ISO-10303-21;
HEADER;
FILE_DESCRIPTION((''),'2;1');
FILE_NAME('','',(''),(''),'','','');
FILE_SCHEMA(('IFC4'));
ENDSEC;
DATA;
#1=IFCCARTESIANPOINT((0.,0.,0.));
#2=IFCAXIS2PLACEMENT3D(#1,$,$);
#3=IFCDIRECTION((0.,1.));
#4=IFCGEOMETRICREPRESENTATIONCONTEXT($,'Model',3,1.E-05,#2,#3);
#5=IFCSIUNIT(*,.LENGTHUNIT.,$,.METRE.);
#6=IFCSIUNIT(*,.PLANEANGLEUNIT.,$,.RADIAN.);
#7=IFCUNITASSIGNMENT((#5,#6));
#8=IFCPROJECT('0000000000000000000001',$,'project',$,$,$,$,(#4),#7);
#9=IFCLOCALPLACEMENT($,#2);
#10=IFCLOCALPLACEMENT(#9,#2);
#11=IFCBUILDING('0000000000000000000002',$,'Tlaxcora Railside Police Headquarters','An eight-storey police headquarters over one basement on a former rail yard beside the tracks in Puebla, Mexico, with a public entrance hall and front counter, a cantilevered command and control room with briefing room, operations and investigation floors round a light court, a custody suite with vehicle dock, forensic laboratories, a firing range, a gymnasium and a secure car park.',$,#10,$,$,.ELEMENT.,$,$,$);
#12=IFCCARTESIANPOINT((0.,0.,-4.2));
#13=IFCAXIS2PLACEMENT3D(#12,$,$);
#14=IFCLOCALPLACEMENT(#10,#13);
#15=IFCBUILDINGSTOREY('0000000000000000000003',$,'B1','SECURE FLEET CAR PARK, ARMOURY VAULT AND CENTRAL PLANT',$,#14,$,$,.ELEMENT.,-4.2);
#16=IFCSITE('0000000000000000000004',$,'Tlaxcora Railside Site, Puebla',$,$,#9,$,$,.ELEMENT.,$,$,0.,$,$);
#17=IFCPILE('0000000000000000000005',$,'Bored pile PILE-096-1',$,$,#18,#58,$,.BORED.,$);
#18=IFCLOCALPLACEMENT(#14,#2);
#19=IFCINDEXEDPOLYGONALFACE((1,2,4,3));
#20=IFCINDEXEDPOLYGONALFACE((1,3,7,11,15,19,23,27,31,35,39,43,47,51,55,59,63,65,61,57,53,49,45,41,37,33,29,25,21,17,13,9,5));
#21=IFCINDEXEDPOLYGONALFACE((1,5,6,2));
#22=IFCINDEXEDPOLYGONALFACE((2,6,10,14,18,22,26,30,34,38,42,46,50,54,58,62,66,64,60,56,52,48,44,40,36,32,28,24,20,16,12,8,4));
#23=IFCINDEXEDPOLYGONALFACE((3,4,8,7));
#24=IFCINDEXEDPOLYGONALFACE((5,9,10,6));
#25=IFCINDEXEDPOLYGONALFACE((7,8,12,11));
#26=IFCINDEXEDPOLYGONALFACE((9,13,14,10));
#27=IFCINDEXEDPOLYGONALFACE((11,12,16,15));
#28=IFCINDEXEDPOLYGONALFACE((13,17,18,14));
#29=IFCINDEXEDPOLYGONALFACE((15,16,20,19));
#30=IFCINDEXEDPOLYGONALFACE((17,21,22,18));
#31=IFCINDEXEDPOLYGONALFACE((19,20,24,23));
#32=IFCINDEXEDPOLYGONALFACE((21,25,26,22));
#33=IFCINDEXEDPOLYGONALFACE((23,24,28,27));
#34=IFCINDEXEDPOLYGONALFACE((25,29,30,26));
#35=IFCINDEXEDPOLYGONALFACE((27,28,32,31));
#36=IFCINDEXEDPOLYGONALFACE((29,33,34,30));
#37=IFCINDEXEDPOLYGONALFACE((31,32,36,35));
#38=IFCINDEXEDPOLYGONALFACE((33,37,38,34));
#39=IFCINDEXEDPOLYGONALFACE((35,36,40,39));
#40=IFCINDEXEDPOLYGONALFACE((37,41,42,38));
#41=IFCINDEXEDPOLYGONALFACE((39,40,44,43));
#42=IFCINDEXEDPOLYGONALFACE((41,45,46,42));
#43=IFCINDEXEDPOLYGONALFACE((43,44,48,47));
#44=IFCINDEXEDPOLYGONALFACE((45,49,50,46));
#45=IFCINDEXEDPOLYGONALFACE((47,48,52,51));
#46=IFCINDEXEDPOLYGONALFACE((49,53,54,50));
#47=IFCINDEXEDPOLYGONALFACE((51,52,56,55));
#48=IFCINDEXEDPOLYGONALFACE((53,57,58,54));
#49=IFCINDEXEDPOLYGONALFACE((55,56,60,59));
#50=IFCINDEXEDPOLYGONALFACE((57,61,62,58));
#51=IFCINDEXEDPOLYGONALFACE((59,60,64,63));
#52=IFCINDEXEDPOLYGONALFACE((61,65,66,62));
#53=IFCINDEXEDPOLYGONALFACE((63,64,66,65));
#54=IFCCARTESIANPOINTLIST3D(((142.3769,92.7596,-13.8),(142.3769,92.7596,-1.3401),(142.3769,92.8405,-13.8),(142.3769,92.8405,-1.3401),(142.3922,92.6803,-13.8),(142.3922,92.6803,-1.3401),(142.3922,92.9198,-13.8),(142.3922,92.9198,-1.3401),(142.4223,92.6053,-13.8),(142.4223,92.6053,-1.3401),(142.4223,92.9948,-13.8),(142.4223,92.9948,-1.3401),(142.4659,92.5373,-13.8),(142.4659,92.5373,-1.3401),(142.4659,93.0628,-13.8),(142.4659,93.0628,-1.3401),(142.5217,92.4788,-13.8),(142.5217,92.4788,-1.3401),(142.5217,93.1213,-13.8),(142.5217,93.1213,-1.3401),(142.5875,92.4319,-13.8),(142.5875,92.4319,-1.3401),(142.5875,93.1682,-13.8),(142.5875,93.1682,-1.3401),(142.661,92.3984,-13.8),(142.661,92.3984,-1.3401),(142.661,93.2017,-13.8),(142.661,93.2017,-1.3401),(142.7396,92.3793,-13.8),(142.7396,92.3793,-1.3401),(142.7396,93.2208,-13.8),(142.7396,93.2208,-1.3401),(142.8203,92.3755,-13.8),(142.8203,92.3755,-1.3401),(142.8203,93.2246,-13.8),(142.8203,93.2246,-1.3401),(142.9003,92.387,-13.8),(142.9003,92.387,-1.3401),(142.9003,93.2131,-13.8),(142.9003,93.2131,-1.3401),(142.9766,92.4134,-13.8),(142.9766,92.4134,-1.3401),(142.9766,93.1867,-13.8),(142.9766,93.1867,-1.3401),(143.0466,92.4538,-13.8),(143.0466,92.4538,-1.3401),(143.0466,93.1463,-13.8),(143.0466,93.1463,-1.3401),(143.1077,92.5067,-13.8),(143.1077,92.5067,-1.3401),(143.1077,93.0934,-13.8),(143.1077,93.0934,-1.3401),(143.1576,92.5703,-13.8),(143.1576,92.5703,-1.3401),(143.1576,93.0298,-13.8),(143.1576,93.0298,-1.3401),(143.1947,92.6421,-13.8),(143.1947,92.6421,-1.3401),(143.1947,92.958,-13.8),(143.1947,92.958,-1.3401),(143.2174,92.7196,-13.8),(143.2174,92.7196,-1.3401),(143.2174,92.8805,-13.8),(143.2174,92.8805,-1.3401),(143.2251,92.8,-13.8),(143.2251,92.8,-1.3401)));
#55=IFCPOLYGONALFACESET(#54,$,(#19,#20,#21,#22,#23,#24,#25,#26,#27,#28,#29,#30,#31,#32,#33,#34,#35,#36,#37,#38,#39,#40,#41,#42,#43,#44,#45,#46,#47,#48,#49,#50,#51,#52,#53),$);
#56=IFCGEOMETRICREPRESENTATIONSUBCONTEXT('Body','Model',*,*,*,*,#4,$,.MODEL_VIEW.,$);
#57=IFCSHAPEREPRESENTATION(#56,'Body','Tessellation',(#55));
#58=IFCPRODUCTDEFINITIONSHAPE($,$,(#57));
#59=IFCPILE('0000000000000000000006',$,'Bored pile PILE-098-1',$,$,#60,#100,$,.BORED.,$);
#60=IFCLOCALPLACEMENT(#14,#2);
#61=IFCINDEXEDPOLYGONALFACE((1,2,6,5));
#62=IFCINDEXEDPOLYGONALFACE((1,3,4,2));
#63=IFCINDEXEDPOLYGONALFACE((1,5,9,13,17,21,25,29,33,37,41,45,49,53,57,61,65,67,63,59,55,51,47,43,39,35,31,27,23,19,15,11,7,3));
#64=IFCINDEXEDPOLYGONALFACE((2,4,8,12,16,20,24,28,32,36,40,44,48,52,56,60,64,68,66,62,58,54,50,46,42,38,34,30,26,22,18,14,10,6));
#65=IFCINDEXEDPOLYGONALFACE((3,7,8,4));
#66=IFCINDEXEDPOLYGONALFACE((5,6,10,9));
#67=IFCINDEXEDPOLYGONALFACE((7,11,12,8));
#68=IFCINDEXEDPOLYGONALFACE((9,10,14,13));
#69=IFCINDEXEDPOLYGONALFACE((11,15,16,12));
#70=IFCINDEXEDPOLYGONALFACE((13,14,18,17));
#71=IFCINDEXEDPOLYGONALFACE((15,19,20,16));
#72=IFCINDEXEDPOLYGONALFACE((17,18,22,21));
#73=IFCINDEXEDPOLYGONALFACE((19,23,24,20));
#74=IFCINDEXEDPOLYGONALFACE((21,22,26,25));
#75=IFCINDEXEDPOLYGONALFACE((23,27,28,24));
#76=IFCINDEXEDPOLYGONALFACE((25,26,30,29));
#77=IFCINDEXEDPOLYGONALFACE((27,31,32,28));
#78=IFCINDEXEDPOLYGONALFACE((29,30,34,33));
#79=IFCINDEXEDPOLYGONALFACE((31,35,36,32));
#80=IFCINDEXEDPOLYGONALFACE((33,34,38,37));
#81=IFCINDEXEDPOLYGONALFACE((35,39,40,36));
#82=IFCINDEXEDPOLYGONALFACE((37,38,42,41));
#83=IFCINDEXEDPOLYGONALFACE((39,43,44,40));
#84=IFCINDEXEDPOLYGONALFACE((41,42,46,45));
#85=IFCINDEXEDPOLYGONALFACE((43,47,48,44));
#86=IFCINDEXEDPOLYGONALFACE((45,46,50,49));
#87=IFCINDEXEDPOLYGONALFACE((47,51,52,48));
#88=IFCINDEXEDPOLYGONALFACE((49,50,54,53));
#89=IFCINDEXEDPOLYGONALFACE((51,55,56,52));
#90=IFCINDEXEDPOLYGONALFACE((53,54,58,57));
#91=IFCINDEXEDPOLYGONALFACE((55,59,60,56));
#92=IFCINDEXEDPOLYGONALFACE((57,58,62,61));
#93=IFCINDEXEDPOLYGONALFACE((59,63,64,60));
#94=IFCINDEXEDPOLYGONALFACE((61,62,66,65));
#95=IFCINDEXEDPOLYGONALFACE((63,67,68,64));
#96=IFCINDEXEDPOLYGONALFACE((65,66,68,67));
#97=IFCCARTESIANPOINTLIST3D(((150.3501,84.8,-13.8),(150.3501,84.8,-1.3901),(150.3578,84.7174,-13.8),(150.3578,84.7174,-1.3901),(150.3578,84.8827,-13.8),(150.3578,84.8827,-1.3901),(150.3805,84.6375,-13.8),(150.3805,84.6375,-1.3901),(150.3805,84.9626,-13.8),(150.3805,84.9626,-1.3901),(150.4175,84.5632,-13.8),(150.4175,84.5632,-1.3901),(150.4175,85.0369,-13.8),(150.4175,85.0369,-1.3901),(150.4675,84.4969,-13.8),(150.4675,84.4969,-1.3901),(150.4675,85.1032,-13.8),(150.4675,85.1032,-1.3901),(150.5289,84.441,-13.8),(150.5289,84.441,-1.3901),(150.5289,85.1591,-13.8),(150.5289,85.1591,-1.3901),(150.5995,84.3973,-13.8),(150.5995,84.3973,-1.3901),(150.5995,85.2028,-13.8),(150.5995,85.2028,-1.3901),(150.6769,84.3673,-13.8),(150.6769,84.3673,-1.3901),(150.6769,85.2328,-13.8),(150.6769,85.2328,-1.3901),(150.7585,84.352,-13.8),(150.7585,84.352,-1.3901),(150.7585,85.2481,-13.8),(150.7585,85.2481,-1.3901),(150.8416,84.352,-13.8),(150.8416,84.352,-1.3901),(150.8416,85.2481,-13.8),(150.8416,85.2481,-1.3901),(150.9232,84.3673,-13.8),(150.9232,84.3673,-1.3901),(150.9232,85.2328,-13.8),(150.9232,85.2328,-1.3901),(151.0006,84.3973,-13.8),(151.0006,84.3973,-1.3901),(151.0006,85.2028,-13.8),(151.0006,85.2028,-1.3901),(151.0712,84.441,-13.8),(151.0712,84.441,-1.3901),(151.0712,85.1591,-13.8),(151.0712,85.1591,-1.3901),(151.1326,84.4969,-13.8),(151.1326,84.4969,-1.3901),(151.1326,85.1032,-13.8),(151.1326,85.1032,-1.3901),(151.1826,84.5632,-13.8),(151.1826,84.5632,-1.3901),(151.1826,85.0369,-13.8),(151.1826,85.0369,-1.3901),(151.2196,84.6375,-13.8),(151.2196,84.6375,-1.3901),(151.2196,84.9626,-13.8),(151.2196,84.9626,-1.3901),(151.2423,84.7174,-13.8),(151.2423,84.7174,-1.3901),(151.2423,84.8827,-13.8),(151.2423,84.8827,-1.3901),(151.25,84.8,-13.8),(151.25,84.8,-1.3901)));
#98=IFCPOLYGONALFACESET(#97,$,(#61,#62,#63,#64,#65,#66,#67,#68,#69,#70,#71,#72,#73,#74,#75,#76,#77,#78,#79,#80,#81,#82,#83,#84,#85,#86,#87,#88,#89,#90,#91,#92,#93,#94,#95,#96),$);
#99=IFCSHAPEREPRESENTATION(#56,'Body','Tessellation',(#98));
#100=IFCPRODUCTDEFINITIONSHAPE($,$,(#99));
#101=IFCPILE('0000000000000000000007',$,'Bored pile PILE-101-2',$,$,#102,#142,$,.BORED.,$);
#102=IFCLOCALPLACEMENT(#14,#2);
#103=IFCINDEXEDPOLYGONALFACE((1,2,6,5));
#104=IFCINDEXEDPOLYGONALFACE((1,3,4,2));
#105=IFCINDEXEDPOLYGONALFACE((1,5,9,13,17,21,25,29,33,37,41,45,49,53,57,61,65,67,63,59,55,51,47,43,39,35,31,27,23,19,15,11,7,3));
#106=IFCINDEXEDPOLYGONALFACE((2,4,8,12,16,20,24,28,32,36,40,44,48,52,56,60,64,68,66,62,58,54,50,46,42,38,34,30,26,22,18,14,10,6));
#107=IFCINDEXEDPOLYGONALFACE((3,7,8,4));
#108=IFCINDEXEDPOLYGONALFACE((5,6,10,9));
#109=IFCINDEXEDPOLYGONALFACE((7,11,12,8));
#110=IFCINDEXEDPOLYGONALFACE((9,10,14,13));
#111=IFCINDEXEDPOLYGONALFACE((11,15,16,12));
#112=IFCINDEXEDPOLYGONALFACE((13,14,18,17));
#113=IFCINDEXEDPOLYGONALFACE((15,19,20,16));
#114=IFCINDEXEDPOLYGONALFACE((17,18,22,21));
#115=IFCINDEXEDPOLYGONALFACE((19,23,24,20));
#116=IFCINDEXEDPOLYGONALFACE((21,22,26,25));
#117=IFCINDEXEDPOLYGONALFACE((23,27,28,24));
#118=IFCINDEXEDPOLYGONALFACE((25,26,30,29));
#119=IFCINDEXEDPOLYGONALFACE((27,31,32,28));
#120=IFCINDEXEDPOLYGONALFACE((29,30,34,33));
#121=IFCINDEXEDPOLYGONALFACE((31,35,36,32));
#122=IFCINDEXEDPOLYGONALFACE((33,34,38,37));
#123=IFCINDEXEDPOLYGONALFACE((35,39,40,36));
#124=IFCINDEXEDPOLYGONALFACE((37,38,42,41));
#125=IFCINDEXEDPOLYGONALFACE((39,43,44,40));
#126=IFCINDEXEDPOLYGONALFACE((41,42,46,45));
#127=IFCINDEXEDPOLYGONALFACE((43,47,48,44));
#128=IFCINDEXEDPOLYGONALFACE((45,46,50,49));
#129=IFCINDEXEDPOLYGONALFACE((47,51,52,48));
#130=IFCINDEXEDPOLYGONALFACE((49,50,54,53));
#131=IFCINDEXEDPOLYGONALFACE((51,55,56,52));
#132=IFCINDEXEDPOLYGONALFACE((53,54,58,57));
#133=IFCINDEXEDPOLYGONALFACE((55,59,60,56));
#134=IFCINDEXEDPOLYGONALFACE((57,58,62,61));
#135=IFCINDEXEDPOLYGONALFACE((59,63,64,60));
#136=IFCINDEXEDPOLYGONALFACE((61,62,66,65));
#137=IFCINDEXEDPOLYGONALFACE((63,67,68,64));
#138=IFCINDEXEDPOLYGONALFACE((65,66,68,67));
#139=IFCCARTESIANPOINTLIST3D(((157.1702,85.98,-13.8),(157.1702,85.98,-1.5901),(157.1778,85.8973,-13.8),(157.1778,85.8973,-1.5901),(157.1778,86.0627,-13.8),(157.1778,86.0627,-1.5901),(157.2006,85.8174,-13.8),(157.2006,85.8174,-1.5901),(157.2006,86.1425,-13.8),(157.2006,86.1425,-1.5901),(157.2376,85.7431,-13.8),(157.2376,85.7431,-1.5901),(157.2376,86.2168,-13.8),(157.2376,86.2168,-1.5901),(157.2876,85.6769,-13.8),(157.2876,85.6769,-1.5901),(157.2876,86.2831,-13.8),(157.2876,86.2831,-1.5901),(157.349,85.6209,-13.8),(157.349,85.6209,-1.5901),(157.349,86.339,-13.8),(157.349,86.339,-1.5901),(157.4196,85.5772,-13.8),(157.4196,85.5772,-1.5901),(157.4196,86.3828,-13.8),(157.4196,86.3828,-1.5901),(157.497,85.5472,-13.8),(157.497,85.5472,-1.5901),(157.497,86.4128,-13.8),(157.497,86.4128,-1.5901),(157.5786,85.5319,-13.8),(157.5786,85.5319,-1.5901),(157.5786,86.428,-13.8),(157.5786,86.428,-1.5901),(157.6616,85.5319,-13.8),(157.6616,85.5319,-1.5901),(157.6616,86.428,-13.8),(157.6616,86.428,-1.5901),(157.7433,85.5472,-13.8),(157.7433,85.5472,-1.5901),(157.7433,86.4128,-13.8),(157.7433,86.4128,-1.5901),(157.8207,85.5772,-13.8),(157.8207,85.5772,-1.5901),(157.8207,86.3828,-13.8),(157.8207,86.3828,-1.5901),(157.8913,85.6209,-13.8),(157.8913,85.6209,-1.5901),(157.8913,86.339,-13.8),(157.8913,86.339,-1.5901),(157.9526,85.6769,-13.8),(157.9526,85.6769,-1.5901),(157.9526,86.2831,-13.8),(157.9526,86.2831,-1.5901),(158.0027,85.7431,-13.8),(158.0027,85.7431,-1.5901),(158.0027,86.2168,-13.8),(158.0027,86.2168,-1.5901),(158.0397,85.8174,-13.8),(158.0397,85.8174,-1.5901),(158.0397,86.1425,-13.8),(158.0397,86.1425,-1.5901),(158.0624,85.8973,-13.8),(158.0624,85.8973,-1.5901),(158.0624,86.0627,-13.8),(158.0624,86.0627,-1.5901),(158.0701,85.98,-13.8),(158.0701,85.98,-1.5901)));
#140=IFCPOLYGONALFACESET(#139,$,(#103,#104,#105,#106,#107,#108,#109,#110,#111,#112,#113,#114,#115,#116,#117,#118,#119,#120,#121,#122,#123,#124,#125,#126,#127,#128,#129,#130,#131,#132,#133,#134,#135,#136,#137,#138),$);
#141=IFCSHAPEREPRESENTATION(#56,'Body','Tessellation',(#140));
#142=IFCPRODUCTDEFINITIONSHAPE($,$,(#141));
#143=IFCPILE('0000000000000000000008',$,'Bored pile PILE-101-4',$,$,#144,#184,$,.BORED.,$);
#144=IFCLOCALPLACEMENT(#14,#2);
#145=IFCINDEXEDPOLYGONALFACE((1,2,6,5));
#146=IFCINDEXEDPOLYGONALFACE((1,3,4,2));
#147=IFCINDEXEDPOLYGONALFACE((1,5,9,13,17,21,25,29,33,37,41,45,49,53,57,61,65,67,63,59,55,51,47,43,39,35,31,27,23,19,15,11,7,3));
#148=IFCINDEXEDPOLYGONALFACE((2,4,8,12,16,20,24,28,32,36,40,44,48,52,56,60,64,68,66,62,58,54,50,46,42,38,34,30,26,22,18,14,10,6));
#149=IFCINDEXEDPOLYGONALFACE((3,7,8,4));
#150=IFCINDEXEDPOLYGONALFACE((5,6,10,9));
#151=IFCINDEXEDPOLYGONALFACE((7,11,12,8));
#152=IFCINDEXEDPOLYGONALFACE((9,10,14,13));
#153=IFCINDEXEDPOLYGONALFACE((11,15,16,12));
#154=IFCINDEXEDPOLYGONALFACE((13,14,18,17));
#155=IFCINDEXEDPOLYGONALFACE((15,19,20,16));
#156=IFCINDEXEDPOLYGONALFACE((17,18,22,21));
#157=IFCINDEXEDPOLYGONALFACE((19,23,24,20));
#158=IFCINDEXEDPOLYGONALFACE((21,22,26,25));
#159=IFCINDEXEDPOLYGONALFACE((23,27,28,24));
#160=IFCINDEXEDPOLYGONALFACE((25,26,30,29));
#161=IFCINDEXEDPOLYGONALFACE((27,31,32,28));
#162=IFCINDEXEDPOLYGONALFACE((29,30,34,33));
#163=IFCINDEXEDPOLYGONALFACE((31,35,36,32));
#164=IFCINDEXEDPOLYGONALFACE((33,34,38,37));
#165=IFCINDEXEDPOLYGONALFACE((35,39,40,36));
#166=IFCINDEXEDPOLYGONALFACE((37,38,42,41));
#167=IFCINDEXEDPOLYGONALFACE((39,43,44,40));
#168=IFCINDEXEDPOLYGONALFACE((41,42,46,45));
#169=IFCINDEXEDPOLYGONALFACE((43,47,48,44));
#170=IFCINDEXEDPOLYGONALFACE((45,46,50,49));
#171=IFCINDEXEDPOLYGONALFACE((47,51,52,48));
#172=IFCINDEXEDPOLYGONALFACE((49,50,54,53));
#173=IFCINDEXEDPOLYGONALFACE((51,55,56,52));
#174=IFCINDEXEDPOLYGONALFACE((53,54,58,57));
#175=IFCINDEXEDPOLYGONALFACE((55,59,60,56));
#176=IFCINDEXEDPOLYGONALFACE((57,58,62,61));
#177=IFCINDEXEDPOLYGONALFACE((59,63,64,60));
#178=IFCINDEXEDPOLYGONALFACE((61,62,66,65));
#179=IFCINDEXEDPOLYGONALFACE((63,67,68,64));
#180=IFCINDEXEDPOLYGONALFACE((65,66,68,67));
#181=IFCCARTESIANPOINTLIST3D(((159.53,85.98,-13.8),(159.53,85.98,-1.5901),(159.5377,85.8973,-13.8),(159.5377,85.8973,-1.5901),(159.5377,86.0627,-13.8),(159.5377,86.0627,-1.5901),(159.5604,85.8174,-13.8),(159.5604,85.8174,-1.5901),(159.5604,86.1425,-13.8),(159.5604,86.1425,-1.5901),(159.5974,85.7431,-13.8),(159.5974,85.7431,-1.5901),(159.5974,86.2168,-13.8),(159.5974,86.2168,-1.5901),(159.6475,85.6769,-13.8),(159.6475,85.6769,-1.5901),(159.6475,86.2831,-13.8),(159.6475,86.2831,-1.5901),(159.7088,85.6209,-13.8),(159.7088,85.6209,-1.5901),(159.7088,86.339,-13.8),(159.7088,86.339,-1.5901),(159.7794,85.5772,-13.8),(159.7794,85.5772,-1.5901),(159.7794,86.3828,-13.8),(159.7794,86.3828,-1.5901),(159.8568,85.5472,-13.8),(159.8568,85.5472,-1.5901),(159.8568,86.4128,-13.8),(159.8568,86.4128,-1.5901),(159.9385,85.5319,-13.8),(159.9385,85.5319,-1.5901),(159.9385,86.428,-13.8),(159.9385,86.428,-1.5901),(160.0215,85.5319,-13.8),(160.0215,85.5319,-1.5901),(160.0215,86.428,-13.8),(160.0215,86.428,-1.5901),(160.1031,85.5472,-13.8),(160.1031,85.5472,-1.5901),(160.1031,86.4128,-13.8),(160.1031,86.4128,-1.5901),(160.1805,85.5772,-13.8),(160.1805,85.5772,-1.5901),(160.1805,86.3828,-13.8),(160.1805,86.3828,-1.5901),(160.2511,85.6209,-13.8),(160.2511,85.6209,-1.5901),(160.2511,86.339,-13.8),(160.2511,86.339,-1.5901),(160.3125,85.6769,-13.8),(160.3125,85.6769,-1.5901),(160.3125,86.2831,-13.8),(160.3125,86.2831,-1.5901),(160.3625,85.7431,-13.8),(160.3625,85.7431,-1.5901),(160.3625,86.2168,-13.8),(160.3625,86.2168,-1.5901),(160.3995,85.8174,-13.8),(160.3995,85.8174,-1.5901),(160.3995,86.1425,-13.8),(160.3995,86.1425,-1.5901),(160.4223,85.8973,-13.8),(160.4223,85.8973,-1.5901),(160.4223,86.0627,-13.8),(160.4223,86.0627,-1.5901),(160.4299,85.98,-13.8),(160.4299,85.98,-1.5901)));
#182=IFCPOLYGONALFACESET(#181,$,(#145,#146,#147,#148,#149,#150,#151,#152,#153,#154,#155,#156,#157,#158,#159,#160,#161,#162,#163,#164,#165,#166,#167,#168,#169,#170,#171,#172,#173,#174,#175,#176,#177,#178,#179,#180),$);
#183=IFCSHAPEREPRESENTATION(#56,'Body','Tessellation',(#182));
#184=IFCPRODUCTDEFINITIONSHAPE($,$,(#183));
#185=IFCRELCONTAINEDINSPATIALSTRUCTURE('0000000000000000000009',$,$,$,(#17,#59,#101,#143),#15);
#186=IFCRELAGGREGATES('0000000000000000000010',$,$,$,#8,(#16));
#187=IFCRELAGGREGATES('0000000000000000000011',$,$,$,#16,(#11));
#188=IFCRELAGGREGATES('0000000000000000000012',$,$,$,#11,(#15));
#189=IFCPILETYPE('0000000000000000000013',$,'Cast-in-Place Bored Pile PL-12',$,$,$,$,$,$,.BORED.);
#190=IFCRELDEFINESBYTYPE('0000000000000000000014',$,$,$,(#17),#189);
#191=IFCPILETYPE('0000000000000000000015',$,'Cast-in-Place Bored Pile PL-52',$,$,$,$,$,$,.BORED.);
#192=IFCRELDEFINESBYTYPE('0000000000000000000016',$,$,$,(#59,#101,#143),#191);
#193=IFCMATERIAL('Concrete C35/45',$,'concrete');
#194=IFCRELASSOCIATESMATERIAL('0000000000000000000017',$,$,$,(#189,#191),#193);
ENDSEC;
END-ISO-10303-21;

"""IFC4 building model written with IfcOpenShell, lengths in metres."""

from ifc_helpers import new_model, si_unit, direction, frame, origin, origin_2d, place, context, subcontext, project, spatial, circle, extrude, material, material_profile, profile_set, type_object, element, save


model = new_model("IFC4")

# Units and contexts
model_context = context("Model", 3, precision=1e-05, world=origin(), true_north=direction((0.0, 1.0)))
body_context = subcontext(model_context, "Body", "Model", "MODEL_VIEW")
ifc_project = project(units=[si_unit("LENGTHUNIT", "METRE"), si_unit("PLANEANGLEUNIT", "RADIAN")], contexts=[model_context])

# Site, building, storey
site_placement = place(None, origin())
site = spatial("IfcSite", under=ifc_project, at=site_placement, Name="Tlaxcora Railside Site, Puebla", CompositionType="ELEMENT", RefElevation=0.0)
building_placement = place(site_placement, origin())
building = spatial("IfcBuilding", under=site, at=building_placement, Name="Tlaxcora Railside Police Headquarters", Description="An eight-storey police headquarters over one basement on a former rail yard beside the tracks in Puebla, Mexico, with a public entrance hall and front counter, a cantilevered command and control room with briefing room, operations and investigation floors round a light court, a custody suite with vehicle dock, forensic laboratories, a firing range, a gymnasium and a secure car park.", CompositionType="ELEMENT")
storey_placement = place(building_placement, frame((0.0, 0.0, -4.2)))
storey = spatial("IfcBuildingStorey", under=building, at=storey_placement, Name="B1", Description="SECURE FLEET CAR PARK, ARMOURY VAULT AND CENTRAL PLANT", CompositionType="ELEMENT", Elevation=-4.2)

# Piles
ifc_material_1 = material(Name="Concrete C35/45", Category="concrete")
ifc_material_profile_1 = material_profile(ifc_material_1, circle(Radius=0.425, at=origin_2d()), Name="PILE850")
ifc_profile_set_1 = profile_set([ifc_material_profile_1], Name="Concrete C35/45")
pile_type_1 = type_object("IfcPileType", Name="Cast-in-Place Bored Pile PL-12", PredefinedType="BORED", material=ifc_profile_set_1)
pile_1_placement = place(storey_placement, frame((142.8, 92.8, -1.3401), z_axis=(0.0, 0.0, -1.0), x_axis=(1.0, 0.0, 0.0)))
element("IfcPile", 1, at=pile_1_placement, inside=storey, type_object=pile_type_1, Name="Bored pile PILE-096-1", PredefinedType="BORED", context=body_context, shape_type="SweptSolid", body=[
    extrude(circle(Radius=0.425, at=origin_2d()), origin(), (0.0, 0.0, 1.0), 12.46),
])
ifc_material_profile_2 = material_profile(ifc_material_1, circle(Radius=0.45, at=origin_2d()), Name="PILE900")
ifc_profile_set_2 = profile_set([ifc_material_profile_2], Name="Concrete C35/45")
pile_type_2 = type_object("IfcPileType", Name="Cast-in-Place Bored Pile PL-52", PredefinedType="BORED", material=ifc_profile_set_2)
pile_2_placement = place(storey_placement, frame((150.8, 84.8, -1.3901), z_axis=(0.0, 0.0, -1.0), x_axis=(1.0, 0.0, 0.0)))
element("IfcPile", 2, at=pile_2_placement, inside=storey, type_object=pile_type_2, Name="Bored pile PILE-098-1", PredefinedType="BORED", context=body_context, shape_type="SweptSolid", body=[
    extrude(circle(Radius=0.45, at=origin_2d()), origin(), (0.0, 0.0, 1.0), 12.4099),
])
for number, where, z_axis, x_axis, name in (
    (3, (157.6201, 85.98, -1.5901), (0.0, 0.0, -1.0), (1.0, 0.0, 0.0), "Bored pile PILE-101-2"),
    (4, (159.98, 85.98, -1.5901), (0.0, 0.0, -1.0), (1.0, 0.0, 0.0), "Bored pile PILE-101-4"),
):
    element("IfcPile", number, at=place(storey_placement, frame(where, z_axis=z_axis, x_axis=x_axis)), inside=storey, type_object=pile_type_2, Name=name, PredefinedType="BORED", context=body_context, shape_type="SweptSolid", body=[
        extrude(circle(Radius=0.45, at=origin_2d()), origin(), (0.0, 0.0, 1.0), 12.21),
    ])

save(model, "model.ifc")
